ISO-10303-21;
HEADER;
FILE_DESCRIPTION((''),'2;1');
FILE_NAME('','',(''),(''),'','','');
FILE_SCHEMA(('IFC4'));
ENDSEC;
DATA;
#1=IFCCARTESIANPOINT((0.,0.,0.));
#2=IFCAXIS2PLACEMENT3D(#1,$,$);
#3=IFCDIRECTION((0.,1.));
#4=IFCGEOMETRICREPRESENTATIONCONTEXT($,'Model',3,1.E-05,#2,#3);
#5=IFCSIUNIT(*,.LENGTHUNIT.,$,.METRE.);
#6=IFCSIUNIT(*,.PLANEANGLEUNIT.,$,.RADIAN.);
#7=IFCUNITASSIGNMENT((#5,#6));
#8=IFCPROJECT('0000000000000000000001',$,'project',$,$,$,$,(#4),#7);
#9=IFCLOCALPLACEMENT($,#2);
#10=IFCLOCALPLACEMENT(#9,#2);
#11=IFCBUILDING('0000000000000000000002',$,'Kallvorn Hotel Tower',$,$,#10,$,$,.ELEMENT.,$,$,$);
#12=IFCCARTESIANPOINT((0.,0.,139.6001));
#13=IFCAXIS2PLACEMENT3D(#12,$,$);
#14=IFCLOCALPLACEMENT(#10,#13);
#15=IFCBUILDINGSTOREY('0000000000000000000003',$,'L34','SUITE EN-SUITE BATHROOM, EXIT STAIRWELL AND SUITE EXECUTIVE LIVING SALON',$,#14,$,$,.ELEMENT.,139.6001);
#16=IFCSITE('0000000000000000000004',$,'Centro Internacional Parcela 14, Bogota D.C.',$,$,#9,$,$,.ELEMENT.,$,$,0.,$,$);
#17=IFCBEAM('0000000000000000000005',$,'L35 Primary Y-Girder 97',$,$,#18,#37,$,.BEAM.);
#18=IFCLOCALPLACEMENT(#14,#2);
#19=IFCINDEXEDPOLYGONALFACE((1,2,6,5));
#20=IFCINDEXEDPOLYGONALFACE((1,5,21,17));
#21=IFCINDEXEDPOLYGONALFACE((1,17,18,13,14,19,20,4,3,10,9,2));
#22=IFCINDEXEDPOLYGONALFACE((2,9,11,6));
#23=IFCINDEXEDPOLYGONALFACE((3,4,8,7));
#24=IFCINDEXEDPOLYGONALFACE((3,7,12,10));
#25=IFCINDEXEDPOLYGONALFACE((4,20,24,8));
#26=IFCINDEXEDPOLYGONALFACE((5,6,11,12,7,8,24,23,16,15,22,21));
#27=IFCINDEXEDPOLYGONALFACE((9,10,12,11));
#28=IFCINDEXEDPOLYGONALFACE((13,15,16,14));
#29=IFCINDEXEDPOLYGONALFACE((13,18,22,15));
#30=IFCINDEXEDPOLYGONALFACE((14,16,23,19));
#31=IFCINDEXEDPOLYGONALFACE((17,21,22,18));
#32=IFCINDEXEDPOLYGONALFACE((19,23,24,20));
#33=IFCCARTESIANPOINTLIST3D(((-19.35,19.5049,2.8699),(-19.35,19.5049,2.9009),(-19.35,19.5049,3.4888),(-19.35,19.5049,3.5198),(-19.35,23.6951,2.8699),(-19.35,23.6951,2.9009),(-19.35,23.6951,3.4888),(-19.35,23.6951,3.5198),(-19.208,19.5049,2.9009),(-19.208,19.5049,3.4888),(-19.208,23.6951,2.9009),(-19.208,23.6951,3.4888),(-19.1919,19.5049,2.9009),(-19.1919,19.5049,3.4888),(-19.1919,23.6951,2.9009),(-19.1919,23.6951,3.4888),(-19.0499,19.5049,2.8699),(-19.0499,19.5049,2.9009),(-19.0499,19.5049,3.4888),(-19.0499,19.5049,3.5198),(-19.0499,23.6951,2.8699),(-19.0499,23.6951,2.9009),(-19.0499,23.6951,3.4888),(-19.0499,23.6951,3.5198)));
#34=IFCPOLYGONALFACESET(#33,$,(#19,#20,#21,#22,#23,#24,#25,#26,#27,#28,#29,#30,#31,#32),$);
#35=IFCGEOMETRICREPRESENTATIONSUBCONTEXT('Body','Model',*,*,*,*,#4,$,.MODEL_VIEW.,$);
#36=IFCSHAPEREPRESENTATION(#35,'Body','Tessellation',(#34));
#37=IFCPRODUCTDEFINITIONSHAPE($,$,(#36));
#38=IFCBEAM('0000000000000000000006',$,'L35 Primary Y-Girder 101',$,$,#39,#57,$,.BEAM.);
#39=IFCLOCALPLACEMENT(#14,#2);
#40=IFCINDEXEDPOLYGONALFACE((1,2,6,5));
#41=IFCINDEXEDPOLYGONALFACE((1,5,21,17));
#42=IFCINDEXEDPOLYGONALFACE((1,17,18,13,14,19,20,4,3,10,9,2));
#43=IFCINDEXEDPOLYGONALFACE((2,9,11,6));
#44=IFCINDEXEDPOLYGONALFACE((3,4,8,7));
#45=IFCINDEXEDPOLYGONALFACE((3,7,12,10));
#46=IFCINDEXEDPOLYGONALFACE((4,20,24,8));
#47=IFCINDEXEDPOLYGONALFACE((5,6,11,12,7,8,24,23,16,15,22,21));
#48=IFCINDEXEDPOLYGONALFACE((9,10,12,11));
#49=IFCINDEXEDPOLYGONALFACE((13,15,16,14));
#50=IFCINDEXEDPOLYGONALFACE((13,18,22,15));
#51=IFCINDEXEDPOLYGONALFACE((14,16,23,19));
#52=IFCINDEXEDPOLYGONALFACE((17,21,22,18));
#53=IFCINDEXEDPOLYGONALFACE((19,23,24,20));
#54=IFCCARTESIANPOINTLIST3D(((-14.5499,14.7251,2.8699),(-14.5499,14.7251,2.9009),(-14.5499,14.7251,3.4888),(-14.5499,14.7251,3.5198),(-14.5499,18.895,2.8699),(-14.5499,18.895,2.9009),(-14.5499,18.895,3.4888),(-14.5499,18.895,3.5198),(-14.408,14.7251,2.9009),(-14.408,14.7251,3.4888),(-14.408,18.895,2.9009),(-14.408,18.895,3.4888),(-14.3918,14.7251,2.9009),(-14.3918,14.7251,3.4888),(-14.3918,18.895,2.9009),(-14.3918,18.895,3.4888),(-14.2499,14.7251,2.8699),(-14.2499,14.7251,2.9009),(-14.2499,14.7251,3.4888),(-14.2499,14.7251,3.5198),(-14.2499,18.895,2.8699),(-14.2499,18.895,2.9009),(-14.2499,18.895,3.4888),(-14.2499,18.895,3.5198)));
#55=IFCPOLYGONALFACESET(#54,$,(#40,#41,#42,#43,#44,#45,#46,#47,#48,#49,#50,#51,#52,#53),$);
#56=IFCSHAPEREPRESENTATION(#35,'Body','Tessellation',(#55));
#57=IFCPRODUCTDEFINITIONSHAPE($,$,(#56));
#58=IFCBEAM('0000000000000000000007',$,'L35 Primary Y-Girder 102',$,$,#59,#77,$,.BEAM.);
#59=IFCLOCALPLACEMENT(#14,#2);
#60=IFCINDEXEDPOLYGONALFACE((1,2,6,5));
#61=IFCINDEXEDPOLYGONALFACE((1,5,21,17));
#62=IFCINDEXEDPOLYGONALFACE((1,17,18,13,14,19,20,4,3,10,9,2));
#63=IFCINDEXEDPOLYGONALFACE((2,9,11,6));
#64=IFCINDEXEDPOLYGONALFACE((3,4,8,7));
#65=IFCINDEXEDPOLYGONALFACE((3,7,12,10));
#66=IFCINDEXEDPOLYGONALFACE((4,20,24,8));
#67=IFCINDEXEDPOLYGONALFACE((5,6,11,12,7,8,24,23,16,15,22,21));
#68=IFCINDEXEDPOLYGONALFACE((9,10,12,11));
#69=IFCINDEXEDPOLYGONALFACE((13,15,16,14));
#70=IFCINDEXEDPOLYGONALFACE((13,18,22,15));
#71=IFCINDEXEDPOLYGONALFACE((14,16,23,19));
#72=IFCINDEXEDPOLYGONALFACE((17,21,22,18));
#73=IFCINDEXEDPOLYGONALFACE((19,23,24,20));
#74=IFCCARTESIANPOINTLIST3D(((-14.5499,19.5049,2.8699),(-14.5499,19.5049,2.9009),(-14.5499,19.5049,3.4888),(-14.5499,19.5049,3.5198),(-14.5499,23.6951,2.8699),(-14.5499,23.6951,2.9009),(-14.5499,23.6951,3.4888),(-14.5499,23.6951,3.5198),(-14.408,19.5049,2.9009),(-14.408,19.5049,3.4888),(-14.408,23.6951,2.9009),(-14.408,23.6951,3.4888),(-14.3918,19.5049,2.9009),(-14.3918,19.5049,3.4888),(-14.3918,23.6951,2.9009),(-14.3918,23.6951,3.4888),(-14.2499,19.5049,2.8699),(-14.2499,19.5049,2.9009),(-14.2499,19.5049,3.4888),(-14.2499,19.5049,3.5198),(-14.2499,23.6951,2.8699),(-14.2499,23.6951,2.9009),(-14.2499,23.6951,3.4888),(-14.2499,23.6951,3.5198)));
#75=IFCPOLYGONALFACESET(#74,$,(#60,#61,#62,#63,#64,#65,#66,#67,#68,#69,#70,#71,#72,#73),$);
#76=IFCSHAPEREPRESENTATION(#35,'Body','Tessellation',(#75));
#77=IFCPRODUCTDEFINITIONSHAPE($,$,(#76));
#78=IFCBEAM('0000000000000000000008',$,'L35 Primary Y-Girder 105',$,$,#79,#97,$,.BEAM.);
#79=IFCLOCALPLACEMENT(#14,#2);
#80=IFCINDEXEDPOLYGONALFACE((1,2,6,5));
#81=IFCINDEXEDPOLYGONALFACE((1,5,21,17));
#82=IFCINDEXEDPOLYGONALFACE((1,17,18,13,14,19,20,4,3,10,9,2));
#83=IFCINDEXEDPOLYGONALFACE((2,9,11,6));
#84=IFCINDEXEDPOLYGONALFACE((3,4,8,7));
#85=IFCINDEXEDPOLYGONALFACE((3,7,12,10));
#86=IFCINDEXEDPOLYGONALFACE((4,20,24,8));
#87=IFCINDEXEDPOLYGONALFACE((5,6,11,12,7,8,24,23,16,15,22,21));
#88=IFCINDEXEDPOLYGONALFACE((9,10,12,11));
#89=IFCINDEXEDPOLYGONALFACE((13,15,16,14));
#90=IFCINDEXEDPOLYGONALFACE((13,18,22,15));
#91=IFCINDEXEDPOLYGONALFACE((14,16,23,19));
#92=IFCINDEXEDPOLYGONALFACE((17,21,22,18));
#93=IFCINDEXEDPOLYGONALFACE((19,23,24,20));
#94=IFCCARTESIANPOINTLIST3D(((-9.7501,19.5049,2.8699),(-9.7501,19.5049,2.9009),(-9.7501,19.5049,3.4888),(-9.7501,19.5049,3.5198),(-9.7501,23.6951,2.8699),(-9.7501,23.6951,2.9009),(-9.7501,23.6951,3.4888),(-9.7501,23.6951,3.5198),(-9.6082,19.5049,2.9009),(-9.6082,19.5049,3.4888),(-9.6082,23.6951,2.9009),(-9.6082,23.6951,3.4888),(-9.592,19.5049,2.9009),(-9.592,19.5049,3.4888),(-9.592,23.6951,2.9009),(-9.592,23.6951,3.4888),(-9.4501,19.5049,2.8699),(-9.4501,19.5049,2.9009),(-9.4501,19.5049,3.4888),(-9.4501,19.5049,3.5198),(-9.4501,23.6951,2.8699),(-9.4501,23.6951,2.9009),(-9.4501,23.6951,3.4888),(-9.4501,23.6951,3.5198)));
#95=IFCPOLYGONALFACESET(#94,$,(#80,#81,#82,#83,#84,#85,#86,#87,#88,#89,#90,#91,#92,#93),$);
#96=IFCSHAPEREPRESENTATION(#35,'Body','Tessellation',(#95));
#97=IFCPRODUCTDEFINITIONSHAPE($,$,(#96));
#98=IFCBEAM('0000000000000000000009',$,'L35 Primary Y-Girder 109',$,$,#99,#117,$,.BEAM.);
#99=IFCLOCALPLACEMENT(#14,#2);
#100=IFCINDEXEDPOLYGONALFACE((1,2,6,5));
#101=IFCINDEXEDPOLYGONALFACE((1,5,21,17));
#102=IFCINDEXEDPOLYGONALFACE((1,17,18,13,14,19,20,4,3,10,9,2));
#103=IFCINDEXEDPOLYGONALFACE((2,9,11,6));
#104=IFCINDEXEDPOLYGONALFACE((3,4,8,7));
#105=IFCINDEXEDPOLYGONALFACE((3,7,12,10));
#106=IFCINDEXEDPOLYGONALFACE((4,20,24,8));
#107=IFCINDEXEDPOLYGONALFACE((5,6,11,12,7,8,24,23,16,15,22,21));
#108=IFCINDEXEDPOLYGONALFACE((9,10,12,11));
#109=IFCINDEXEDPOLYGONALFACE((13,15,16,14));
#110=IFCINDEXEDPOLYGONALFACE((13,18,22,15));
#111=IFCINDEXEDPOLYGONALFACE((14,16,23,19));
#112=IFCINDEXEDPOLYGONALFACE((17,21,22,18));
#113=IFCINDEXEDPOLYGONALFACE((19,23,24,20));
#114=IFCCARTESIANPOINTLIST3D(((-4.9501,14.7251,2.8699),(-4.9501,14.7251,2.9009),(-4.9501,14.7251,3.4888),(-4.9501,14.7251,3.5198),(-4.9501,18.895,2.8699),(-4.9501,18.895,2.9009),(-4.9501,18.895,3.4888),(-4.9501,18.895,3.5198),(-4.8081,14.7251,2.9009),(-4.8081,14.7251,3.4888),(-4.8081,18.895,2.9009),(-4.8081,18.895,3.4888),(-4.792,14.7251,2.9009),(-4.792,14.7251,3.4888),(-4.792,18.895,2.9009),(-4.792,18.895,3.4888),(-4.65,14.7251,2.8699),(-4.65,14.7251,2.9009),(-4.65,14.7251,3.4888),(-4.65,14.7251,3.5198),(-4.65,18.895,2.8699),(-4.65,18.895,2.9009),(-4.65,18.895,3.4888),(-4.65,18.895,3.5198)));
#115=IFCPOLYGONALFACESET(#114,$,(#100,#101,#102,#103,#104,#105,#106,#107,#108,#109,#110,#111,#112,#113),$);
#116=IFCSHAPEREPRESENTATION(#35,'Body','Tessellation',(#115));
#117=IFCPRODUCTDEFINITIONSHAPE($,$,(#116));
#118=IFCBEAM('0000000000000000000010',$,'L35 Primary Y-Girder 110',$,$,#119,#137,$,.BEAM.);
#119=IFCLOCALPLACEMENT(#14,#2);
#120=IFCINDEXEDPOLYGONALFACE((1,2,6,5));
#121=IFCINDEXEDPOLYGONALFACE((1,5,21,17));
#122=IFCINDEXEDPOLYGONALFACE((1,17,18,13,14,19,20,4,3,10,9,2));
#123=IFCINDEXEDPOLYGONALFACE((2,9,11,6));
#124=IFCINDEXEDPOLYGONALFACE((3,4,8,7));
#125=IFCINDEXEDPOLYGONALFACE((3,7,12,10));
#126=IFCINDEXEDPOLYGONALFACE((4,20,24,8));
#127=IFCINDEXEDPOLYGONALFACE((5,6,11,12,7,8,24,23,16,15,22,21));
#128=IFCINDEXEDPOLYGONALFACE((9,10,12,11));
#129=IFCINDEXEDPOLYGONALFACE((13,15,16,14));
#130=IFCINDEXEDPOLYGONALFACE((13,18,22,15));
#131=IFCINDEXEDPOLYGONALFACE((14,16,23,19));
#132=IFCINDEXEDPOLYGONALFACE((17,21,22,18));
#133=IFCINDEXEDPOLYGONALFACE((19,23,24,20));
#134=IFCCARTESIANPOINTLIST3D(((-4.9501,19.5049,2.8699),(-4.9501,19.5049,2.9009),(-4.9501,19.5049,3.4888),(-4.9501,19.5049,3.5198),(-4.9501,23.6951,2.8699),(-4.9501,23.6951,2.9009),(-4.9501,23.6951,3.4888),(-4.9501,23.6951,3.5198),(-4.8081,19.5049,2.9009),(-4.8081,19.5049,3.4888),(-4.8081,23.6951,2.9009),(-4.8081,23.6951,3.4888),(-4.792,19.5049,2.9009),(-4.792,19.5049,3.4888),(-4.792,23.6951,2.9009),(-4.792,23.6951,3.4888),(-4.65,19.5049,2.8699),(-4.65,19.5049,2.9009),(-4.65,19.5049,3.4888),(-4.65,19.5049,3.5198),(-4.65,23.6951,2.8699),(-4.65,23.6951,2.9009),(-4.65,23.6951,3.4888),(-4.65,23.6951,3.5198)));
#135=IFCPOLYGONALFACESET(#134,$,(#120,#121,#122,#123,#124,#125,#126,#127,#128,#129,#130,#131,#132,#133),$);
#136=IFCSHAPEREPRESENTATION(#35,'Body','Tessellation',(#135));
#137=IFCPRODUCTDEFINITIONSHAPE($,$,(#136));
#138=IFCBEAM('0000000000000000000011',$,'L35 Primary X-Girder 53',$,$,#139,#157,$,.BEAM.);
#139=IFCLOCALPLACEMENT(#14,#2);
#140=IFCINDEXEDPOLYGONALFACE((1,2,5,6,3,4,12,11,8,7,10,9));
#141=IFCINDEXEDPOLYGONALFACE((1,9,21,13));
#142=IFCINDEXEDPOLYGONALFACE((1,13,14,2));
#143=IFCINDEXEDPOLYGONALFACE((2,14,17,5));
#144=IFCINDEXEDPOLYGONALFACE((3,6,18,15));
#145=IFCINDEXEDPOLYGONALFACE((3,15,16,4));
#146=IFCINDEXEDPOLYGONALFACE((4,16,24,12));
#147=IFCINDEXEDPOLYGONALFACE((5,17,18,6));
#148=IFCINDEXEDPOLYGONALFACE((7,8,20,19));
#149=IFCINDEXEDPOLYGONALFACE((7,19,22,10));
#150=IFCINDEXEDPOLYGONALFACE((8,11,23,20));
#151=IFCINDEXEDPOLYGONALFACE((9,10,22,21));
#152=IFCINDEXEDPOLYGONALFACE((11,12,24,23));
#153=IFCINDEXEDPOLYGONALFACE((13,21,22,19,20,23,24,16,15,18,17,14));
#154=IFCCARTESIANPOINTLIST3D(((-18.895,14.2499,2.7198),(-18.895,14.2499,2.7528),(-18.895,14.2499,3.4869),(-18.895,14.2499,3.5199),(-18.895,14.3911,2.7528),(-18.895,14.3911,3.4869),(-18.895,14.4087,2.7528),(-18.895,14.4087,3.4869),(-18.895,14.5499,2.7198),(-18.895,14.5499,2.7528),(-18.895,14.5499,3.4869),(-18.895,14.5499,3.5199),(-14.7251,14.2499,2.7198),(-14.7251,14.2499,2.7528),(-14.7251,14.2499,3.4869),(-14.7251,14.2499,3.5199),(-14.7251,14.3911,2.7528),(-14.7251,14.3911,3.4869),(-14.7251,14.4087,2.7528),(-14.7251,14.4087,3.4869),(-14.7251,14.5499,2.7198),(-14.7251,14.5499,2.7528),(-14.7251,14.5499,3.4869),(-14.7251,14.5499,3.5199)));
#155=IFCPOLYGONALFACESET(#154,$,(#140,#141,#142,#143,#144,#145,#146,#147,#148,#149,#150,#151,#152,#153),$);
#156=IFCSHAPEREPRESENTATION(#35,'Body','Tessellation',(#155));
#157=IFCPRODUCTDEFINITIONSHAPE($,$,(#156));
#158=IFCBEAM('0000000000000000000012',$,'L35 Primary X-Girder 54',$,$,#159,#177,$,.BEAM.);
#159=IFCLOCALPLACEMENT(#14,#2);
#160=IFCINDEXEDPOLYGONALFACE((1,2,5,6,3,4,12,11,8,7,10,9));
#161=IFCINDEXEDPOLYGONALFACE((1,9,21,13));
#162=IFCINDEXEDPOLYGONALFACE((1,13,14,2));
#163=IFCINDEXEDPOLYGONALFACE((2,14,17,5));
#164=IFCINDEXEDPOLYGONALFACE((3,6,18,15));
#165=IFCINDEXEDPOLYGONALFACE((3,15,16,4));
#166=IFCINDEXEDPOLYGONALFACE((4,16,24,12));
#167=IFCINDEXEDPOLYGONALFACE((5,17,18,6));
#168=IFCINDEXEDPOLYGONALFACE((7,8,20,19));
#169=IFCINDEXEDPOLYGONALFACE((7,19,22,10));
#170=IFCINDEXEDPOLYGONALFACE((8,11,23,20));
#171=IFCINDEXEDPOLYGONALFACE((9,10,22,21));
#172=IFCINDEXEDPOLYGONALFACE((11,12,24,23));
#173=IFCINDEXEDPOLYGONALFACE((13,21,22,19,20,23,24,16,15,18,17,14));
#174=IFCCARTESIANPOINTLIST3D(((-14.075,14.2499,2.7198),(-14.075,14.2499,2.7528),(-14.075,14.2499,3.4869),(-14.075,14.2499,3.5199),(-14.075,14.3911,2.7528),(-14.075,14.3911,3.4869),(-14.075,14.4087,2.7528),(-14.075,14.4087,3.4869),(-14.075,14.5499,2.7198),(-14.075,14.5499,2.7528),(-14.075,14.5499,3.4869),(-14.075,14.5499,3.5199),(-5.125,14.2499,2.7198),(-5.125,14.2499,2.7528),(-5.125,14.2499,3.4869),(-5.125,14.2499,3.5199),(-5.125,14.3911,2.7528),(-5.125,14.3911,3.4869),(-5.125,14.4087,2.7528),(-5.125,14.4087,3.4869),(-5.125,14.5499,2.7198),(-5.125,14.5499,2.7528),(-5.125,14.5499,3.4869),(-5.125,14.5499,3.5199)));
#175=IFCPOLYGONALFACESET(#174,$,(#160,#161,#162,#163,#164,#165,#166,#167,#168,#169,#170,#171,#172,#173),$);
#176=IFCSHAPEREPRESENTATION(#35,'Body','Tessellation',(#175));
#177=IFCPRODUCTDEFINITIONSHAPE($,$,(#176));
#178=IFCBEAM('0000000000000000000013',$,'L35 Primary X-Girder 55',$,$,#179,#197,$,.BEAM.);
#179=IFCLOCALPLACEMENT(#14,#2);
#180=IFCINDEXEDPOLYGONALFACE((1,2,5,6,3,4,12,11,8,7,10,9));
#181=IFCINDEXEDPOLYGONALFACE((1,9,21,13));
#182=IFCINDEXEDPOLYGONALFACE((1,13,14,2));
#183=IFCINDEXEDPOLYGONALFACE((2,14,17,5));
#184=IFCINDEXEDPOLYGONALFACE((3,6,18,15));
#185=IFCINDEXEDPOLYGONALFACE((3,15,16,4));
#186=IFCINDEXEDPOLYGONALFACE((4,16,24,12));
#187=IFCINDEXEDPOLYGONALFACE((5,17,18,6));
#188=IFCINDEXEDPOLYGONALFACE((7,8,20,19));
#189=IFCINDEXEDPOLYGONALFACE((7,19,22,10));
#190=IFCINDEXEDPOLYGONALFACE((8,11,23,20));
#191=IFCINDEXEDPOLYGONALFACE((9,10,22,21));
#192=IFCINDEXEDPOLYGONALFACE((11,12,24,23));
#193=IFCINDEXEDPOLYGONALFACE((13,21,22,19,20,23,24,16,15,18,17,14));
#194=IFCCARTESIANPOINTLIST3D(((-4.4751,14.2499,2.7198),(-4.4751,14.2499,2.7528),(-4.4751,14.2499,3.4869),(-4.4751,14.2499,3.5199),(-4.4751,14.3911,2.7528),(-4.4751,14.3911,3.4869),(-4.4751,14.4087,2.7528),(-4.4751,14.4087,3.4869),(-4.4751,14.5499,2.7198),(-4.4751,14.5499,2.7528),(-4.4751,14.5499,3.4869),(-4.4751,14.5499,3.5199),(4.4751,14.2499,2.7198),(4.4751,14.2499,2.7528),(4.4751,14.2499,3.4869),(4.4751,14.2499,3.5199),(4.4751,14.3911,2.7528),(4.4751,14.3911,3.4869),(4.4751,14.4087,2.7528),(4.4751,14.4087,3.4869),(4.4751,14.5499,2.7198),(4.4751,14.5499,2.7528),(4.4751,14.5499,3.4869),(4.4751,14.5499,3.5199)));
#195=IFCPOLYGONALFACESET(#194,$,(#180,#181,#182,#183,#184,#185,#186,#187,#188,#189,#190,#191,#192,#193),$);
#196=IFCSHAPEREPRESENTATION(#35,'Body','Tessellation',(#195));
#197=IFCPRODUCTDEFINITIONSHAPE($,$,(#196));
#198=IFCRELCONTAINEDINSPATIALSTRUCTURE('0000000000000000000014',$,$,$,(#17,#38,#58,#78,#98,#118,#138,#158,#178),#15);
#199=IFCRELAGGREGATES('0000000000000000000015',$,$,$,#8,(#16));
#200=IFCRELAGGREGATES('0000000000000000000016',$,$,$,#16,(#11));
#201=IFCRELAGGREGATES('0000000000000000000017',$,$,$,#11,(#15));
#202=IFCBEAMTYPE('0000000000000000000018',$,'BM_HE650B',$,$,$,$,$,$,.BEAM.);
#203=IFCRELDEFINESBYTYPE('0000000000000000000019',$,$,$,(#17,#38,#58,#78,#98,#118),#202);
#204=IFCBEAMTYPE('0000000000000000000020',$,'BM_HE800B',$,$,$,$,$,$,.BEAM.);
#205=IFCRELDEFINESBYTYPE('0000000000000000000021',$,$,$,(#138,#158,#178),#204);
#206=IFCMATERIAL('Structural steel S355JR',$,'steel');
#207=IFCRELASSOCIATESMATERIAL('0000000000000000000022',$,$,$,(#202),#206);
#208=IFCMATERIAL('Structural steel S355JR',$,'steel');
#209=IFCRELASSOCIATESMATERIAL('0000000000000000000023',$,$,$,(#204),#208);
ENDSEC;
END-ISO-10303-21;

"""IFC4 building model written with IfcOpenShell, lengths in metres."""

from ifc_helpers import new_model, si_unit, direction, frame, origin, origin_2d, place, context, subcontext, project, spatial, i_section, extrude, material, material_profile, profile_set, type_object, element, save


model = new_model("IFC4")

# Units and contexts
model_context = context("Model", 3, precision=1e-05, world=origin(), true_north=direction((0.0, 1.0)))
body_context = subcontext(model_context, "Body", "Model", "MODEL_VIEW")
ifc_project = project(units=[si_unit("LENGTHUNIT", "METRE"), si_unit("PLANEANGLEUNIT", "RADIAN")], contexts=[model_context])

# Site, building, storey
site_placement = place(None, origin())
site = spatial("IfcSite", under=ifc_project, at=site_placement, Name="Centro Internacional Parcela 14, Bogota D.C.", CompositionType="ELEMENT", RefElevation=0.0)
building_placement = place(site_placement, origin())
building = spatial("IfcBuilding", under=site, at=building_placement, Name="Kallvorn Hotel Tower", CompositionType="ELEMENT")
storey_placement = place(building_placement, frame((0.0, 0.0, 139.6001)))
storey = spatial("IfcBuildingStorey", under=building, at=storey_placement, Name="L34", Description="SUITE EN-SUITE BATHROOM, EXIT STAIRWELL AND SUITE EXECUTIVE LIVING SALON", CompositionType="ELEMENT", Elevation=139.6001)

# Beams
ifc_material_1 = material(Name="Structural steel S355JR", Category="steel")
ifc_material_profile_1 = material_profile(ifc_material_1, i_section(OverallWidth=0.3, OverallDepth=0.6499, WebThickness=0.0161, FlangeThickness=0.031, at=origin_2d()), Name="HE 650 B")
ifc_profile_set_1 = profile_set([ifc_material_profile_1], Name="Structural steel S355JR")
beam_type_1 = type_object("IfcBeamType", Name="BM_HE650B", PredefinedType="BEAM", material=ifc_profile_set_1)
beam_1_placement = place(storey_placement, frame((-19.2, 19.5049, 3.1948), z_axis=(0.0, 1.0, 0.0), x_axis=(-1.0, 0.0, 0.0)))
element("IfcBeam", 1, at=beam_1_placement, inside=storey, type_object=beam_type_1, Name="L35 Primary Y-Girder 97", PredefinedType="BEAM", context=body_context, shape_type="SweptSolid", body=[
    extrude(i_section(OverallWidth=0.3, OverallDepth=0.6499, WebThickness=0.0161, FlangeThickness=0.031, at=origin_2d()), origin(), (0.0, 0.0, 1.0), 4.1902),
])
beam_2_placement = place(storey_placement, frame((-14.3999, 14.7251, 3.1948), z_axis=(0.0, 1.0, 0.0), x_axis=(-1.0, 0.0, 0.0)))
element("IfcBeam", 2, at=beam_2_placement, inside=storey, type_object=beam_type_1, Name="L35 Primary Y-Girder 101", PredefinedType="BEAM", context=body_context, shape_type="SweptSolid", body=[
    extrude(i_section(OverallWidth=0.3, OverallDepth=0.6499, WebThickness=0.0161, FlangeThickness=0.031, at=origin_2d()), origin(), (0.0, 0.0, 1.0), 4.1699),
])
for number, where, z_axis, x_axis, name in (
    (3, (-14.3999, 19.5049, 3.1948), (0.0, 1.0, 0.0), (-1.0, 0.0, 0.0), "L35 Primary Y-Girder 102"),
    (4, (-9.6001, 19.5049, 3.1948), (0.0, 1.0, 0.0), (-1.0, 0.0, 0.0), "L35 Primary Y-Girder 105"),
):
    element("IfcBeam", number, at=place(storey_placement, frame(where, z_axis=z_axis, x_axis=x_axis)), inside=storey, type_object=beam_type_1, Name=name, PredefinedType="BEAM", context=body_context, shape_type="SweptSolid", body=[
        extrude(i_section(OverallWidth=0.3, OverallDepth=0.6499, WebThickness=0.0161, FlangeThickness=0.031, at=origin_2d()), origin(), (0.0, 0.0, 1.0), 4.1902),
    ])
beam_3_placement = place(storey_placement, frame((-4.8, 14.7251, 3.1948), z_axis=(0.0, 1.0, 0.0), x_axis=(-1.0, 0.0, 0.0)))
element("IfcBeam", 5, at=beam_3_placement, inside=storey, type_object=beam_type_1, Name="L35 Primary Y-Girder 109", PredefinedType="BEAM", context=body_context, shape_type="SweptSolid", body=[
    extrude(i_section(OverallWidth=0.3, OverallDepth=0.6499, WebThickness=0.0161, FlangeThickness=0.031, at=origin_2d()), origin(), (0.0, 0.0, 1.0), 4.1699),
])
beam_4_placement = place(storey_placement, frame((-4.8, 19.5049, 3.1948), z_axis=(0.0, 1.0, 0.0), x_axis=(-1.0, 0.0, 0.0)))
element("IfcBeam", 6, at=beam_4_placement, inside=storey, type_object=beam_type_1, Name="L35 Primary Y-Girder 110", PredefinedType="BEAM", context=body_context, shape_type="SweptSolid", body=[
    extrude(i_section(OverallWidth=0.3, OverallDepth=0.6499, WebThickness=0.0161, FlangeThickness=0.031, at=origin_2d()), origin(), (0.0, 0.0, 1.0), 4.1902),
])
ifc_material_2 = material(Name="Structural steel S355JR", Category="steel")
ifc_material_profile_2 = material_profile(ifc_material_2, i_section(OverallWidth=0.3, OverallDepth=0.8, WebThickness=0.0176, FlangeThickness=0.033, at=origin_2d()), Name="HE 800 B")
ifc_profile_set_2 = profile_set([ifc_material_profile_2], Name="Structural steel S355JR")
beam_type_2 = type_object("IfcBeamType", Name="BM_HE800B", PredefinedType="BEAM", material=ifc_profile_set_2)
beam_5_placement = place(storey_placement, frame((-18.895, 14.3999, 3.1199), z_axis=(1.0, 0.0, 0.0), x_axis=(0.0, 1.0, 0.0)))
element("IfcBeam", 7, at=beam_5_placement, inside=storey, type_object=beam_type_2, Name="L35 Primary X-Girder 53", PredefinedType="BEAM", context=body_context, shape_type="SweptSolid", body=[
    extrude(i_section(OverallWidth=0.3, OverallDepth=0.8, WebThickness=0.0176, FlangeThickness=0.033, at=origin_2d()), origin(), (0.0, 0.0, 1.0), 4.1699),
])
beam_6_placement = place(storey_placement, frame((-14.075, 14.3999, 3.1199), z_axis=(1.0, 0.0, 0.0), x_axis=(0.0, 1.0, 0.0)))
element("IfcBeam", 8, at=beam_6_placement, inside=storey, type_object=beam_type_2, Name="L35 Primary X-Girder 54", PredefinedType="BEAM", context=body_context, shape_type="SweptSolid", body=[
    extrude(i_section(OverallWidth=0.3, OverallDepth=0.8, WebThickness=0.0176, FlangeThickness=0.033, at=origin_2d()), origin(), (0.0, 0.0, 1.0), 8.95),
])
beam_7_placement = place(storey_placement, frame((-4.4751, 14.3999, 3.1199), z_axis=(1.0, 0.0, 0.0), x_axis=(0.0, 1.0, 0.0)))
element("IfcBeam", 9, at=beam_7_placement, inside=storey, type_object=beam_type_2, Name="L35 Primary X-Girder 55", PredefinedType="BEAM", context=body_context, shape_type="SweptSolid", body=[
    extrude(i_section(OverallWidth=0.3, OverallDepth=0.8, WebThickness=0.0176, FlangeThickness=0.033, at=origin_2d()), origin(), (0.0, 0.0, 1.0), 8.9502),
])

save(model, "model.ifc")
